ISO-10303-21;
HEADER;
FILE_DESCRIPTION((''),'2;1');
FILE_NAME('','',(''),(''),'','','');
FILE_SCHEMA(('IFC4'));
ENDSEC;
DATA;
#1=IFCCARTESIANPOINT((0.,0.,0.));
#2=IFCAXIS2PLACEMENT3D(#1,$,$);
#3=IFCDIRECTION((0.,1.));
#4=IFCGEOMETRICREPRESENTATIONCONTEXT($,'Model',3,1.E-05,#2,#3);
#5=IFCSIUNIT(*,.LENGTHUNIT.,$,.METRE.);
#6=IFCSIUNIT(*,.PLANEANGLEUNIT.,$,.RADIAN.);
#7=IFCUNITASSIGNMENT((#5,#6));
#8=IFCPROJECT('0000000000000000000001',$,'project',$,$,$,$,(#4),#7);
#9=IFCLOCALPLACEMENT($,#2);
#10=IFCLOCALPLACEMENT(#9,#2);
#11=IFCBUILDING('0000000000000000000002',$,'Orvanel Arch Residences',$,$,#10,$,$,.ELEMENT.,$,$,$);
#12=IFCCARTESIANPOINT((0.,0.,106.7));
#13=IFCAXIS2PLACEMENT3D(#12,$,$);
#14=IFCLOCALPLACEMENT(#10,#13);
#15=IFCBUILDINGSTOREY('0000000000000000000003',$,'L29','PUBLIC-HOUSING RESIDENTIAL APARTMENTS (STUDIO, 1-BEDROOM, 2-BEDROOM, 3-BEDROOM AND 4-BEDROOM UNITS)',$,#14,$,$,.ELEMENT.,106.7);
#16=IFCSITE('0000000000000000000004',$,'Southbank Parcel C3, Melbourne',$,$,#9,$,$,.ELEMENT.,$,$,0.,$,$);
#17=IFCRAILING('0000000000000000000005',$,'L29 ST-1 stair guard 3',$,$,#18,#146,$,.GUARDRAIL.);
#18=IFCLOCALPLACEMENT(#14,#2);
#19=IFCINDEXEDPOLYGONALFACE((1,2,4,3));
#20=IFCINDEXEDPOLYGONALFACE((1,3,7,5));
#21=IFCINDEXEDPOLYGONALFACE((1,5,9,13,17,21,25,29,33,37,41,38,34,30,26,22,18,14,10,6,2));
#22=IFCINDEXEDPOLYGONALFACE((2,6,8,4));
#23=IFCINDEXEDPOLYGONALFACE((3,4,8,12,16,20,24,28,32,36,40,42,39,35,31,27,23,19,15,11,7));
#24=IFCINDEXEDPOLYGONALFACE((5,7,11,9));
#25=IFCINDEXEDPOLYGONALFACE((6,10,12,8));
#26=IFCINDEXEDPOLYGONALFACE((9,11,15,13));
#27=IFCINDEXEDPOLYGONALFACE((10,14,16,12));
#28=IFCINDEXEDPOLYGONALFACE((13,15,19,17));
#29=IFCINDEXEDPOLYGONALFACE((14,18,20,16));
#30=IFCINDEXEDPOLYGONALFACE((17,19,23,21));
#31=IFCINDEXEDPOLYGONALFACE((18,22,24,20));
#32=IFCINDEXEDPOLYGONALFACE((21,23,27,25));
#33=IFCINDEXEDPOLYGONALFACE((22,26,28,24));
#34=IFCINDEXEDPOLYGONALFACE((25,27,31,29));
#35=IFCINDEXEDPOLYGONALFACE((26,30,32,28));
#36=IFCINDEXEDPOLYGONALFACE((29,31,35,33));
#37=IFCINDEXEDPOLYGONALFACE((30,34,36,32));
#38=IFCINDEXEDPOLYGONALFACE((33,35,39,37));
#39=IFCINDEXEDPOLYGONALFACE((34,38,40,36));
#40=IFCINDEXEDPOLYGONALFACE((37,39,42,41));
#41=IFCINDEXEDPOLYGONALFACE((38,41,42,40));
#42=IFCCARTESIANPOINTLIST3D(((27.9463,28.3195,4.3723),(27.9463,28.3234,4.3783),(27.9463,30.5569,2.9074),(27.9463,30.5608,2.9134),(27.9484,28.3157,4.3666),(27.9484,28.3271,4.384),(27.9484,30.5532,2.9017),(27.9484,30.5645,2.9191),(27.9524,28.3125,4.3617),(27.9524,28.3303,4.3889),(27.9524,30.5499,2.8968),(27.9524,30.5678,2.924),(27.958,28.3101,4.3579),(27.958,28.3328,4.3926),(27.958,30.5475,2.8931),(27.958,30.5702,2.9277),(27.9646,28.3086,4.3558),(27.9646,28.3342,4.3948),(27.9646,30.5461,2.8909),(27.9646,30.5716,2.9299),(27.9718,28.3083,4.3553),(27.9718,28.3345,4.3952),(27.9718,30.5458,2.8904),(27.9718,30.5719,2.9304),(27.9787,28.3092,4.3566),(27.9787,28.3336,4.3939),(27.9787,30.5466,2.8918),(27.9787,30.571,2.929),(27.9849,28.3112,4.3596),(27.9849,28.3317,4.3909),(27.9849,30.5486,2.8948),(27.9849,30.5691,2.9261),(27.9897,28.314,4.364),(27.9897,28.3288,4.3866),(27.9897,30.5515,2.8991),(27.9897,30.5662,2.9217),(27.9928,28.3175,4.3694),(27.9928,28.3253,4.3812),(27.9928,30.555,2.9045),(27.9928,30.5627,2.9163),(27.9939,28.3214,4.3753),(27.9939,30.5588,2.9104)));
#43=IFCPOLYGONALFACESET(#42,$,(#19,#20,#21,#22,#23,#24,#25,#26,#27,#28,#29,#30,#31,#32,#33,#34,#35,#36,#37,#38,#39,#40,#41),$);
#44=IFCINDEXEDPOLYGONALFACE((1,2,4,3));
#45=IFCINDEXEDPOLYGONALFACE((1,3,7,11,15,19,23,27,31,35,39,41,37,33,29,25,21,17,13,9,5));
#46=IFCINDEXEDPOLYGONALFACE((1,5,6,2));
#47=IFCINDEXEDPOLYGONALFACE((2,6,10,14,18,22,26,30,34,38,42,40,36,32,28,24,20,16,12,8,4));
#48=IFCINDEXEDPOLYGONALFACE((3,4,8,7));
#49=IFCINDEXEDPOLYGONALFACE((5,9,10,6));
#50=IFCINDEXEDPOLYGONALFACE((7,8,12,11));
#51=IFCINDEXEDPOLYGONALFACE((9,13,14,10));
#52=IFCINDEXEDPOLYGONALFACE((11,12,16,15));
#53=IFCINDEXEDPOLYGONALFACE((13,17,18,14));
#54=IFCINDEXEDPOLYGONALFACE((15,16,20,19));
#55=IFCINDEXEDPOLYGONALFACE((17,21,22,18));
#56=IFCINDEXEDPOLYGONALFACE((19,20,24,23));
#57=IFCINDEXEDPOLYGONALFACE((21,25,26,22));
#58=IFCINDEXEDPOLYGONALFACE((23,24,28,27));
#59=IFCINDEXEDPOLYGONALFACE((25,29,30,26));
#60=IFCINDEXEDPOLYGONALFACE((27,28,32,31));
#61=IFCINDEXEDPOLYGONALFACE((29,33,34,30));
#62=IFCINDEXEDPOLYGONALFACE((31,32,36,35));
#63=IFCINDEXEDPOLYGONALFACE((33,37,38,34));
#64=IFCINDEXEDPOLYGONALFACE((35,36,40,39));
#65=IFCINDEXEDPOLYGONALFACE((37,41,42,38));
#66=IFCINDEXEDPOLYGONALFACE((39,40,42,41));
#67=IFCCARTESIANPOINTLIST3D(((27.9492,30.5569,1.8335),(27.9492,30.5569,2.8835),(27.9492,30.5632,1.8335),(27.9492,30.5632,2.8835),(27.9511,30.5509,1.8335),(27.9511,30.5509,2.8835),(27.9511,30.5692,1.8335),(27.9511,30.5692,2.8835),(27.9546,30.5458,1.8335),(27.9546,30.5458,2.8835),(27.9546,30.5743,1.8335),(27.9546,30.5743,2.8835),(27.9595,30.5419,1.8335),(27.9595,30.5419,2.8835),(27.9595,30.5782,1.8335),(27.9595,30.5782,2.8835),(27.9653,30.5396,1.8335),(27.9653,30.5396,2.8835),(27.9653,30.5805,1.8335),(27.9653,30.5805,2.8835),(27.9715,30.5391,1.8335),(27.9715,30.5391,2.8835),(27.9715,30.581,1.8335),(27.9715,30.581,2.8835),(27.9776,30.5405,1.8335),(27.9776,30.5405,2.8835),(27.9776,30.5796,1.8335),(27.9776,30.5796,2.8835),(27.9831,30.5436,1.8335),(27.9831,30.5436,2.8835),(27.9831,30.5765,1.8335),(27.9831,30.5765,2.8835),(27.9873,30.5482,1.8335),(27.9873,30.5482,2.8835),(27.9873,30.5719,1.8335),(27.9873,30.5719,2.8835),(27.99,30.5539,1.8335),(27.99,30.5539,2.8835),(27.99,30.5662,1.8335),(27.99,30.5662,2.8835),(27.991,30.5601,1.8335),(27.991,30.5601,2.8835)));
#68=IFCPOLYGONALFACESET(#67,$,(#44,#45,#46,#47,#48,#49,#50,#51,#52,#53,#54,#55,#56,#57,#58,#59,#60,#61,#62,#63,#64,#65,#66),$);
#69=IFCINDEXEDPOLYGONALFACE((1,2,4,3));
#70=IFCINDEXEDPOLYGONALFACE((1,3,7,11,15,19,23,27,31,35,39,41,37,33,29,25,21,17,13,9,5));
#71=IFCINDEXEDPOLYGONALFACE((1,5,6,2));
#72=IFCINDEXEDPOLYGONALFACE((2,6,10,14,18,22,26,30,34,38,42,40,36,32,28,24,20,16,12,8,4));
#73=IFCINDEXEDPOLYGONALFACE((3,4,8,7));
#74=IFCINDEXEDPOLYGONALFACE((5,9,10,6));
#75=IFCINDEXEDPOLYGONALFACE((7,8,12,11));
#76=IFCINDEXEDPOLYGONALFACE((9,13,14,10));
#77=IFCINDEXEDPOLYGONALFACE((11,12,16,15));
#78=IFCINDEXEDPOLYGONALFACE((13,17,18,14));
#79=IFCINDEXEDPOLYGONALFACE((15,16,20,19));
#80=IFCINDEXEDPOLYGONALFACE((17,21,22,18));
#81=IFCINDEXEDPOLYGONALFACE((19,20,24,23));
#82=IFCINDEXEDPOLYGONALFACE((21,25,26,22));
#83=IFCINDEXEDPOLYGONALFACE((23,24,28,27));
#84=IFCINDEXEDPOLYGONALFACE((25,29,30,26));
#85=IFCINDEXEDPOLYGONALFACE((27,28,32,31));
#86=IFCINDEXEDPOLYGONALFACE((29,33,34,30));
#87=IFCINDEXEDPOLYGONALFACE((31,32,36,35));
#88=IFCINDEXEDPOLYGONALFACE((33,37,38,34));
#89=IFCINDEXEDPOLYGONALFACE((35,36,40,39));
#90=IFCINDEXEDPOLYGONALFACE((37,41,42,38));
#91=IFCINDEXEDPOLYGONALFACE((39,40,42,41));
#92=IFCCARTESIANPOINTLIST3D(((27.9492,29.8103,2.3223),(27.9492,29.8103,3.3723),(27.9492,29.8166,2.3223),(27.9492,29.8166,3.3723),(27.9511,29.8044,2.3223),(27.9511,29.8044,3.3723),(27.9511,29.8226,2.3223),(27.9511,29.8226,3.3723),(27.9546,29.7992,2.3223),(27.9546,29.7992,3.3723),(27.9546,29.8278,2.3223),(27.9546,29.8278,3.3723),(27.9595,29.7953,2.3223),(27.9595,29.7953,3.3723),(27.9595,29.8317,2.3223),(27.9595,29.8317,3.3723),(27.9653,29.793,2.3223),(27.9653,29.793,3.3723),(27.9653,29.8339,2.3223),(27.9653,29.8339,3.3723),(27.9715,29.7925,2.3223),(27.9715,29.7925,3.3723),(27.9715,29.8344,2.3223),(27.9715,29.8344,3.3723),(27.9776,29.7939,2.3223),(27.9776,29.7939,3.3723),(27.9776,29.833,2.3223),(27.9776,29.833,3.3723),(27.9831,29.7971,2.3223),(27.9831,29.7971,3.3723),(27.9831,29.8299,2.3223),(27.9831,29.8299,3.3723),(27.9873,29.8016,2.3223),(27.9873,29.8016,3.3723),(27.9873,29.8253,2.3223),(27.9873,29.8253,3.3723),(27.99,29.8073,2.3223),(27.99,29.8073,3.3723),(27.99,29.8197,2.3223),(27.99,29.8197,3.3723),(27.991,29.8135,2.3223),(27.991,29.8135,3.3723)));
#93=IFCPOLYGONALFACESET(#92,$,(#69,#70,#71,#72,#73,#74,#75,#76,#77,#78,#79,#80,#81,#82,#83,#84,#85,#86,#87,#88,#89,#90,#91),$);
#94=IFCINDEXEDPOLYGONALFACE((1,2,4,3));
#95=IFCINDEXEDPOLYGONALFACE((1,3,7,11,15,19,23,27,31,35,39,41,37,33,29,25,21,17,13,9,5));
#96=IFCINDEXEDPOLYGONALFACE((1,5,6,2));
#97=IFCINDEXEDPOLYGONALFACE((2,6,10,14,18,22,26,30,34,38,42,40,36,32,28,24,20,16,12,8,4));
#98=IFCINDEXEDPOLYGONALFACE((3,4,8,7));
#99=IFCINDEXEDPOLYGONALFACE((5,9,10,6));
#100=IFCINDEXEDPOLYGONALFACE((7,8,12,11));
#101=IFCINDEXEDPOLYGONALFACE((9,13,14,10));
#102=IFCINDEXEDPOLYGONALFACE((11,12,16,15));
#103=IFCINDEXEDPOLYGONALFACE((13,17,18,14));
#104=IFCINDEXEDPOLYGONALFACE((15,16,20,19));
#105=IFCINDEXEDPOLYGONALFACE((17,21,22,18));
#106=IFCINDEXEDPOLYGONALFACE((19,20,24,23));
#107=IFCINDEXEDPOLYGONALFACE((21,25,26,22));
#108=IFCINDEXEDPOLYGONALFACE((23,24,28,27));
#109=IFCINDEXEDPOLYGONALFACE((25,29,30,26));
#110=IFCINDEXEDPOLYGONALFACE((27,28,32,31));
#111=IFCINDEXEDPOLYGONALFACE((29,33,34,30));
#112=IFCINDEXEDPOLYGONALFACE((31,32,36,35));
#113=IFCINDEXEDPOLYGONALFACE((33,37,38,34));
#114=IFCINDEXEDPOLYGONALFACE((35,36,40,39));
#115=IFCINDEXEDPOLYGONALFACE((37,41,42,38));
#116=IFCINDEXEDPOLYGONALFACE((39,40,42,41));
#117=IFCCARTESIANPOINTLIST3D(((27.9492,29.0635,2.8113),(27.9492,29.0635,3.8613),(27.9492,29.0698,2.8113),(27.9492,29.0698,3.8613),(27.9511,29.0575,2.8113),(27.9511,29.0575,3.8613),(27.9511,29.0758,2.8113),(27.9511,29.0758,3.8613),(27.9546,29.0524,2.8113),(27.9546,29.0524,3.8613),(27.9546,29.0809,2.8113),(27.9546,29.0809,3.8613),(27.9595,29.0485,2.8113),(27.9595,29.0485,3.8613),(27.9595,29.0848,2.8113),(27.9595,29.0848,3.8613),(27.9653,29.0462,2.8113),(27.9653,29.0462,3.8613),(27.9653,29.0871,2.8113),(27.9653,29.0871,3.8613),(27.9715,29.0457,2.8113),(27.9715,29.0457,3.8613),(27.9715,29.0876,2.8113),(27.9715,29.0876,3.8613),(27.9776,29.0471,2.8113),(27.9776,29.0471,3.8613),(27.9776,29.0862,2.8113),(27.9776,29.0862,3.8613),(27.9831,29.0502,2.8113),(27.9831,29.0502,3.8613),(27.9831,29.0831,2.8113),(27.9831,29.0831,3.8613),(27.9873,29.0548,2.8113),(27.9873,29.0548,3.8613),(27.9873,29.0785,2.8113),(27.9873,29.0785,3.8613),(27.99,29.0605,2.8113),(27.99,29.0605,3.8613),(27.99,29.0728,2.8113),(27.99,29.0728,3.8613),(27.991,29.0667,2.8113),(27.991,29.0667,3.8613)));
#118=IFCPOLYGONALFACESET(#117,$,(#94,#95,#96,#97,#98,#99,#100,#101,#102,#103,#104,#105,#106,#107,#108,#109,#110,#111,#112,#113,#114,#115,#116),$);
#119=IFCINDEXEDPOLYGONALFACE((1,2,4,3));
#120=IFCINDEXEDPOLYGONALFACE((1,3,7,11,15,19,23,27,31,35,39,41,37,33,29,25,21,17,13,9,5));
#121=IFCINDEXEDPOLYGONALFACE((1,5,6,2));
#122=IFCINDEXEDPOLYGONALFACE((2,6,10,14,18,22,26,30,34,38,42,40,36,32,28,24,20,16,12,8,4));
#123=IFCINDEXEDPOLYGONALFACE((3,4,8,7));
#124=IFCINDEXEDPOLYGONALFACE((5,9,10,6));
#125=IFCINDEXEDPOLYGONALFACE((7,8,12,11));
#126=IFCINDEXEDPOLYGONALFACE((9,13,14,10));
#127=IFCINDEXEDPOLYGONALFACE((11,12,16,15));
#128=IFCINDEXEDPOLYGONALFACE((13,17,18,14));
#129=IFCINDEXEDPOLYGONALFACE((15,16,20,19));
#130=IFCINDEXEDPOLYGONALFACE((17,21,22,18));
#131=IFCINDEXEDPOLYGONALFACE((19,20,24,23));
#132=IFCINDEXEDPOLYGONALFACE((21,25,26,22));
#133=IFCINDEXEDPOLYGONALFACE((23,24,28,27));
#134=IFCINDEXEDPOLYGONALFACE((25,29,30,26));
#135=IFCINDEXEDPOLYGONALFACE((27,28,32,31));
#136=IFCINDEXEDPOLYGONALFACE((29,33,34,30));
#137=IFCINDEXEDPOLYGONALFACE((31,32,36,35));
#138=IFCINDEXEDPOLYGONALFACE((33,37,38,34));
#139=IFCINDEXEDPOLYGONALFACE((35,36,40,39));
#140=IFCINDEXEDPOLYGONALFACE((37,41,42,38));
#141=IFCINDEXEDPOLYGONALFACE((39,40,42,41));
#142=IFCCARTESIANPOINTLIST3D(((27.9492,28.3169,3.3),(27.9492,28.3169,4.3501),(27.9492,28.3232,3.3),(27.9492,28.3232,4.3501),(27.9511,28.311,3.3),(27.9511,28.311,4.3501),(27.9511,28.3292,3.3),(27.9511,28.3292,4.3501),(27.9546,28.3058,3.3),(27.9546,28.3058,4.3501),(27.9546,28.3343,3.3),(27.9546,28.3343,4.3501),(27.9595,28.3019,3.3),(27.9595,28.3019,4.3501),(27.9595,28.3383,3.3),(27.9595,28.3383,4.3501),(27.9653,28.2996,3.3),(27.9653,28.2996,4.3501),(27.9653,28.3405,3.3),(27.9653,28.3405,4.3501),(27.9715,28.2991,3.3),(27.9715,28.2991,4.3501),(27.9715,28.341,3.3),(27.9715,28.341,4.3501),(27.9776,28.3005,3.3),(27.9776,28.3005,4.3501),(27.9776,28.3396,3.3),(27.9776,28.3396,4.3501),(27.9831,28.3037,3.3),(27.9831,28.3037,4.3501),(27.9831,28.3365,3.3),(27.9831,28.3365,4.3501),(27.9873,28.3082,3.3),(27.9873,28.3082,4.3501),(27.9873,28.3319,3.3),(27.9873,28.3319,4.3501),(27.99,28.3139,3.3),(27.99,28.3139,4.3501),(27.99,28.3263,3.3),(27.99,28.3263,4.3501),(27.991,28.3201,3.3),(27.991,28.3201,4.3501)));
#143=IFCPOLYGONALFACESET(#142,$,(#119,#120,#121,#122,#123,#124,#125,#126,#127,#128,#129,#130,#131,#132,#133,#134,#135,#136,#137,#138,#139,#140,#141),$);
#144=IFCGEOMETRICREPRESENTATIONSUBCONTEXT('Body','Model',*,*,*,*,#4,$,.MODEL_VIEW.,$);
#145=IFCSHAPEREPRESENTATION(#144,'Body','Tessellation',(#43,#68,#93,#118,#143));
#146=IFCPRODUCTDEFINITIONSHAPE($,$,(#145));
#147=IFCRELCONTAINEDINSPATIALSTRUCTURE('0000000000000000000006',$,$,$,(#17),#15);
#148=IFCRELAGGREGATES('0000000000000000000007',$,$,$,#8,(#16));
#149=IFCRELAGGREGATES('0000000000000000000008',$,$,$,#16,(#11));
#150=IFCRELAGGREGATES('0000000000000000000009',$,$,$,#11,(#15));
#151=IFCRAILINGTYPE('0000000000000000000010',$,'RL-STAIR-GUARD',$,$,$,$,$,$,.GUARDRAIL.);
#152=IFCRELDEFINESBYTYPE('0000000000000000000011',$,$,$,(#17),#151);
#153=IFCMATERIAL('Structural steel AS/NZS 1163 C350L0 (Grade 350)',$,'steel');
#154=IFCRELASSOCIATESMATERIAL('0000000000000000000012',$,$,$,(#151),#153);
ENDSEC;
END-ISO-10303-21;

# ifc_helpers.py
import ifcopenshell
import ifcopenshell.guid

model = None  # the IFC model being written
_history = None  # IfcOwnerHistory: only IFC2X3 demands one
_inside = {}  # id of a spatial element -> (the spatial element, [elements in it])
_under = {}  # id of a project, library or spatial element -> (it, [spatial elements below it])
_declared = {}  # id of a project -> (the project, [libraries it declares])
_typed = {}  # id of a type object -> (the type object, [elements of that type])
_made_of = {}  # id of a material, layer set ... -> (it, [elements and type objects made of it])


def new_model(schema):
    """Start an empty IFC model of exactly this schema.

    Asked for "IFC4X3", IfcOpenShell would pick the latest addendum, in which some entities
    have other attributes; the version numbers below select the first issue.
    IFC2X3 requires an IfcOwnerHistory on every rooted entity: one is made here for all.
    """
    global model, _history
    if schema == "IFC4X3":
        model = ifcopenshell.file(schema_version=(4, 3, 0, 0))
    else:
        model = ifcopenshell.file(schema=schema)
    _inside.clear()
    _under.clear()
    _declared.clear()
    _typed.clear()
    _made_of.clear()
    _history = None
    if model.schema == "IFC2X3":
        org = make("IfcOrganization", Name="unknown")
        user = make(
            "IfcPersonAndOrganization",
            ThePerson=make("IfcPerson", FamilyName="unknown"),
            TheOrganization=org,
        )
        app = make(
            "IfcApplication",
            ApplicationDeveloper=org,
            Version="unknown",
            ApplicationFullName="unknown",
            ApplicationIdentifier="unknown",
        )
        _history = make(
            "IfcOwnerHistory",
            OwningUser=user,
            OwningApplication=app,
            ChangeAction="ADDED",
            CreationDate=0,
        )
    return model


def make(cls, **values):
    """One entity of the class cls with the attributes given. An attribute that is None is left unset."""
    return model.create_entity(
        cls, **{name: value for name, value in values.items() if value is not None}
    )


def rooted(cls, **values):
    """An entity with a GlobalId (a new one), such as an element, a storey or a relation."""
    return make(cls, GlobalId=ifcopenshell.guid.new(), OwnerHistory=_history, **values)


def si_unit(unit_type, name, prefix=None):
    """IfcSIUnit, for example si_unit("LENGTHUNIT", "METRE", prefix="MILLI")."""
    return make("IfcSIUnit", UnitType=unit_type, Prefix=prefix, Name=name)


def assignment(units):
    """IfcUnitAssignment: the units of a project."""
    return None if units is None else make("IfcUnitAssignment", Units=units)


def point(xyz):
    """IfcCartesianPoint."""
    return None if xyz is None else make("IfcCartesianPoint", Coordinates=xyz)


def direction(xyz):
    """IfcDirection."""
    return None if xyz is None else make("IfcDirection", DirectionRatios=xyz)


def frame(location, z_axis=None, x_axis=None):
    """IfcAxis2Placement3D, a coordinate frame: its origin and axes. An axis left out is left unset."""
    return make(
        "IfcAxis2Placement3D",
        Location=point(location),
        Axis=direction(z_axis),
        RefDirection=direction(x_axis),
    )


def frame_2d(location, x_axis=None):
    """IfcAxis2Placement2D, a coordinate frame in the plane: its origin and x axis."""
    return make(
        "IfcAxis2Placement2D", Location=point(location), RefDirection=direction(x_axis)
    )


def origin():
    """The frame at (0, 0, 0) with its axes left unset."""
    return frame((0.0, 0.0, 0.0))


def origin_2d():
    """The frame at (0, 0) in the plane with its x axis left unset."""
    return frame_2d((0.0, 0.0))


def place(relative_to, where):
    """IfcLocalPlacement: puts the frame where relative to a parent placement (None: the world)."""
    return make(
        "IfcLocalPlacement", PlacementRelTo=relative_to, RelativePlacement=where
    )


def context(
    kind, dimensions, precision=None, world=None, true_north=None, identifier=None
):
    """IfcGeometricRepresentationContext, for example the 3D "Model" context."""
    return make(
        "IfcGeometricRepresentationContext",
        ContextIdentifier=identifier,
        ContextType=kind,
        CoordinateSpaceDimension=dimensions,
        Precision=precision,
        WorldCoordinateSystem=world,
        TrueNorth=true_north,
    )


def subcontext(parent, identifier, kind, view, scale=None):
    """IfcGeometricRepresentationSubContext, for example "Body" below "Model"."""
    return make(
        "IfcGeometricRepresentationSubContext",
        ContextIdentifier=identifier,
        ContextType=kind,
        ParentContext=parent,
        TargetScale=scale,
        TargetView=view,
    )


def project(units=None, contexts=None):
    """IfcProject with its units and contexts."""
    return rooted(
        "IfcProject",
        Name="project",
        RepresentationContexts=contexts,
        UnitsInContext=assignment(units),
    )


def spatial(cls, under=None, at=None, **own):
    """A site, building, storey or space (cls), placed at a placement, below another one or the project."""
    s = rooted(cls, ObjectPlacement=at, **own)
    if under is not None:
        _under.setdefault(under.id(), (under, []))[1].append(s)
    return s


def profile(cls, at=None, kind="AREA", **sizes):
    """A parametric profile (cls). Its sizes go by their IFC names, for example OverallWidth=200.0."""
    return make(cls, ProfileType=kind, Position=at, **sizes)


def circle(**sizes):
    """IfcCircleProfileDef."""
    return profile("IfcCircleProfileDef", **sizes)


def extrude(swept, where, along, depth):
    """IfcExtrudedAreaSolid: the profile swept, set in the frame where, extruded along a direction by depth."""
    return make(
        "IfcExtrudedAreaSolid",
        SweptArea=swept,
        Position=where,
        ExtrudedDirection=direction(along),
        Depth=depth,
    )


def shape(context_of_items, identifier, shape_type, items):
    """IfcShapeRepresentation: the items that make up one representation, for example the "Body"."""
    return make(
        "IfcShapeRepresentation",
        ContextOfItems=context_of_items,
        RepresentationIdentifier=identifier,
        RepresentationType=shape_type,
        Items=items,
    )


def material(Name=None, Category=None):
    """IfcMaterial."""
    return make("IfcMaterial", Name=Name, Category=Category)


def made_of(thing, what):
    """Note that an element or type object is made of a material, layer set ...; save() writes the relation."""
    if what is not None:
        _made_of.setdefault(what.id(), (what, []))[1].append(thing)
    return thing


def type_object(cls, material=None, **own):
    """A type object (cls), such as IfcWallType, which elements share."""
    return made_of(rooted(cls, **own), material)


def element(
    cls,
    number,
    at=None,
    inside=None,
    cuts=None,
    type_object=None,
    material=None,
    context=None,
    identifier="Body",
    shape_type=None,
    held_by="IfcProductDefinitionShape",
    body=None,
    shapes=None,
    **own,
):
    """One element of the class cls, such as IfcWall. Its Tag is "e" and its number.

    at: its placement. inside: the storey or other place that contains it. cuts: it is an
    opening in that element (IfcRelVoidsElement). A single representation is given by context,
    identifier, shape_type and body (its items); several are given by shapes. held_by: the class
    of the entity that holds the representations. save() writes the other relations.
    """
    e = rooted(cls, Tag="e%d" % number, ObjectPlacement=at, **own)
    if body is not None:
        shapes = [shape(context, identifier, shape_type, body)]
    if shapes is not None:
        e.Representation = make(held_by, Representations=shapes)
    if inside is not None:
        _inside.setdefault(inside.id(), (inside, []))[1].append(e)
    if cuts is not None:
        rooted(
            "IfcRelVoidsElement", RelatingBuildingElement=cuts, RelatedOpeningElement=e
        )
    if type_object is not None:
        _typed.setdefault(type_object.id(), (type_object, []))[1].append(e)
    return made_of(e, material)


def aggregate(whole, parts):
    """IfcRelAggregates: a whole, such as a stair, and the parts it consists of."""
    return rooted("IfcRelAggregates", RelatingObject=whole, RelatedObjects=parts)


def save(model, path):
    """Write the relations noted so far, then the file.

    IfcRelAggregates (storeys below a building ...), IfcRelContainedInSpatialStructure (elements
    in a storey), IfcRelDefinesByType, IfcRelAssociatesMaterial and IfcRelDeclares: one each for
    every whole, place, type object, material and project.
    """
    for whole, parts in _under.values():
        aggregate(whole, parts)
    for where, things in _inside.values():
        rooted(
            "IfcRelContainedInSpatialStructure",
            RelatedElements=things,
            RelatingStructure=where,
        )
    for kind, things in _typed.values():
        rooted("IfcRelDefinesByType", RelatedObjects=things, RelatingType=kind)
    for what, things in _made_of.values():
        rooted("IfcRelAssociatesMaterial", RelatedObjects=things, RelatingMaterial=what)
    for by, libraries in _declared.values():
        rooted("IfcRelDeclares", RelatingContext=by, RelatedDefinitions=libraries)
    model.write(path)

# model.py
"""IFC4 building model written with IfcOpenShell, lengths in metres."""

from ifc_helpers import new_model, si_unit, direction, frame, origin, origin_2d, place, context, subcontext, project, spatial, circle, extrude, material, type_object, element, save


model = new_model("IFC4")

# Units and contexts
model_context = context("Model", 3, precision=1e-05, world=origin(), true_north=direction((0.0, 1.0)))
body_context = subcontext(model_context, "Body", "Model", "MODEL_VIEW")
ifc_project = project(units=[si_unit("LENGTHUNIT", "METRE"), si_unit("PLANEANGLEUNIT", "RADIAN")], contexts=[model_context])

# Site, building, storey
site_placement = place(None, origin())
site = spatial("IfcSite", under=ifc_project, at=site_placement, Name="Southbank Parcel C3, Melbourne", CompositionType="ELEMENT", RefElevation=0.0)
building_placement = place(site_placement, origin())
building = spatial("IfcBuilding", under=site, at=building_placement, Name="Orvanel Arch Residences", CompositionType="ELEMENT")
storey_placement = place(building_placement, frame((0.0, 0.0, 106.7)))
storey = spatial("IfcBuildingStorey", under=building, at=storey_placement, Name="L29", Description="PUBLIC-HOUSING RESIDENTIAL APARTMENTS (STUDIO, 1-BEDROOM, 2-BEDROOM, 3-BEDROOM AND 4-BEDROOM UNITS)", CompositionType="ELEMENT", Elevation=106.7)

# Railing
ifc_material_1 = material(Name="Structural steel AS/NZS 1163 C350L0 (Grade 350)", Category="steel")
railing_type_1 = type_object("IfcRailingType", Name="RL-STAIR-GUARD", PredefinedType="GUARDRAIL", material=ifc_material_1)
railing_1_placement = place(storey_placement, frame((27.97, 30.5601, 1.8335)))
element("IfcRailing", 1, at=railing_1_placement, inside=storey, type_object=railing_type_1, Name="L29 ST-1 stair guard 3", PredefinedType="GUARDRAIL", context=body_context, shape_type="SweptSolid", body=[
    extrude(circle(Radius=0.0239, at=origin_2d()), frame((0.0, -0.0012, 1.0769), z_axis=(0.0, -0.836637, 0.547758), x_axis=(1.0, 0.0, 0.0)), (0.0, 0.0, 1.0), 2.6743),
    extrude(circle(Radius=0.021, at=origin_2d()), origin(), (0.0, 0.0, 1.0), 1.05),
    extrude(circle(Radius=0.021, at=origin_2d()), frame((0.0, -0.7466, 0.4888)), (0.0, 0.0, 1.0), 1.05),
    extrude(circle(Radius=0.021, at=origin_2d()), frame((0.0, -1.4934, 0.9778)), (0.0, 0.0, 1.0), 1.05),
    extrude(circle(Radius=0.021, at=origin_2d()), frame((0.0, -2.24, 1.4666)), (0.0, 0.0, 1.0), 1.05),
])

save(model, "model.ifc")
